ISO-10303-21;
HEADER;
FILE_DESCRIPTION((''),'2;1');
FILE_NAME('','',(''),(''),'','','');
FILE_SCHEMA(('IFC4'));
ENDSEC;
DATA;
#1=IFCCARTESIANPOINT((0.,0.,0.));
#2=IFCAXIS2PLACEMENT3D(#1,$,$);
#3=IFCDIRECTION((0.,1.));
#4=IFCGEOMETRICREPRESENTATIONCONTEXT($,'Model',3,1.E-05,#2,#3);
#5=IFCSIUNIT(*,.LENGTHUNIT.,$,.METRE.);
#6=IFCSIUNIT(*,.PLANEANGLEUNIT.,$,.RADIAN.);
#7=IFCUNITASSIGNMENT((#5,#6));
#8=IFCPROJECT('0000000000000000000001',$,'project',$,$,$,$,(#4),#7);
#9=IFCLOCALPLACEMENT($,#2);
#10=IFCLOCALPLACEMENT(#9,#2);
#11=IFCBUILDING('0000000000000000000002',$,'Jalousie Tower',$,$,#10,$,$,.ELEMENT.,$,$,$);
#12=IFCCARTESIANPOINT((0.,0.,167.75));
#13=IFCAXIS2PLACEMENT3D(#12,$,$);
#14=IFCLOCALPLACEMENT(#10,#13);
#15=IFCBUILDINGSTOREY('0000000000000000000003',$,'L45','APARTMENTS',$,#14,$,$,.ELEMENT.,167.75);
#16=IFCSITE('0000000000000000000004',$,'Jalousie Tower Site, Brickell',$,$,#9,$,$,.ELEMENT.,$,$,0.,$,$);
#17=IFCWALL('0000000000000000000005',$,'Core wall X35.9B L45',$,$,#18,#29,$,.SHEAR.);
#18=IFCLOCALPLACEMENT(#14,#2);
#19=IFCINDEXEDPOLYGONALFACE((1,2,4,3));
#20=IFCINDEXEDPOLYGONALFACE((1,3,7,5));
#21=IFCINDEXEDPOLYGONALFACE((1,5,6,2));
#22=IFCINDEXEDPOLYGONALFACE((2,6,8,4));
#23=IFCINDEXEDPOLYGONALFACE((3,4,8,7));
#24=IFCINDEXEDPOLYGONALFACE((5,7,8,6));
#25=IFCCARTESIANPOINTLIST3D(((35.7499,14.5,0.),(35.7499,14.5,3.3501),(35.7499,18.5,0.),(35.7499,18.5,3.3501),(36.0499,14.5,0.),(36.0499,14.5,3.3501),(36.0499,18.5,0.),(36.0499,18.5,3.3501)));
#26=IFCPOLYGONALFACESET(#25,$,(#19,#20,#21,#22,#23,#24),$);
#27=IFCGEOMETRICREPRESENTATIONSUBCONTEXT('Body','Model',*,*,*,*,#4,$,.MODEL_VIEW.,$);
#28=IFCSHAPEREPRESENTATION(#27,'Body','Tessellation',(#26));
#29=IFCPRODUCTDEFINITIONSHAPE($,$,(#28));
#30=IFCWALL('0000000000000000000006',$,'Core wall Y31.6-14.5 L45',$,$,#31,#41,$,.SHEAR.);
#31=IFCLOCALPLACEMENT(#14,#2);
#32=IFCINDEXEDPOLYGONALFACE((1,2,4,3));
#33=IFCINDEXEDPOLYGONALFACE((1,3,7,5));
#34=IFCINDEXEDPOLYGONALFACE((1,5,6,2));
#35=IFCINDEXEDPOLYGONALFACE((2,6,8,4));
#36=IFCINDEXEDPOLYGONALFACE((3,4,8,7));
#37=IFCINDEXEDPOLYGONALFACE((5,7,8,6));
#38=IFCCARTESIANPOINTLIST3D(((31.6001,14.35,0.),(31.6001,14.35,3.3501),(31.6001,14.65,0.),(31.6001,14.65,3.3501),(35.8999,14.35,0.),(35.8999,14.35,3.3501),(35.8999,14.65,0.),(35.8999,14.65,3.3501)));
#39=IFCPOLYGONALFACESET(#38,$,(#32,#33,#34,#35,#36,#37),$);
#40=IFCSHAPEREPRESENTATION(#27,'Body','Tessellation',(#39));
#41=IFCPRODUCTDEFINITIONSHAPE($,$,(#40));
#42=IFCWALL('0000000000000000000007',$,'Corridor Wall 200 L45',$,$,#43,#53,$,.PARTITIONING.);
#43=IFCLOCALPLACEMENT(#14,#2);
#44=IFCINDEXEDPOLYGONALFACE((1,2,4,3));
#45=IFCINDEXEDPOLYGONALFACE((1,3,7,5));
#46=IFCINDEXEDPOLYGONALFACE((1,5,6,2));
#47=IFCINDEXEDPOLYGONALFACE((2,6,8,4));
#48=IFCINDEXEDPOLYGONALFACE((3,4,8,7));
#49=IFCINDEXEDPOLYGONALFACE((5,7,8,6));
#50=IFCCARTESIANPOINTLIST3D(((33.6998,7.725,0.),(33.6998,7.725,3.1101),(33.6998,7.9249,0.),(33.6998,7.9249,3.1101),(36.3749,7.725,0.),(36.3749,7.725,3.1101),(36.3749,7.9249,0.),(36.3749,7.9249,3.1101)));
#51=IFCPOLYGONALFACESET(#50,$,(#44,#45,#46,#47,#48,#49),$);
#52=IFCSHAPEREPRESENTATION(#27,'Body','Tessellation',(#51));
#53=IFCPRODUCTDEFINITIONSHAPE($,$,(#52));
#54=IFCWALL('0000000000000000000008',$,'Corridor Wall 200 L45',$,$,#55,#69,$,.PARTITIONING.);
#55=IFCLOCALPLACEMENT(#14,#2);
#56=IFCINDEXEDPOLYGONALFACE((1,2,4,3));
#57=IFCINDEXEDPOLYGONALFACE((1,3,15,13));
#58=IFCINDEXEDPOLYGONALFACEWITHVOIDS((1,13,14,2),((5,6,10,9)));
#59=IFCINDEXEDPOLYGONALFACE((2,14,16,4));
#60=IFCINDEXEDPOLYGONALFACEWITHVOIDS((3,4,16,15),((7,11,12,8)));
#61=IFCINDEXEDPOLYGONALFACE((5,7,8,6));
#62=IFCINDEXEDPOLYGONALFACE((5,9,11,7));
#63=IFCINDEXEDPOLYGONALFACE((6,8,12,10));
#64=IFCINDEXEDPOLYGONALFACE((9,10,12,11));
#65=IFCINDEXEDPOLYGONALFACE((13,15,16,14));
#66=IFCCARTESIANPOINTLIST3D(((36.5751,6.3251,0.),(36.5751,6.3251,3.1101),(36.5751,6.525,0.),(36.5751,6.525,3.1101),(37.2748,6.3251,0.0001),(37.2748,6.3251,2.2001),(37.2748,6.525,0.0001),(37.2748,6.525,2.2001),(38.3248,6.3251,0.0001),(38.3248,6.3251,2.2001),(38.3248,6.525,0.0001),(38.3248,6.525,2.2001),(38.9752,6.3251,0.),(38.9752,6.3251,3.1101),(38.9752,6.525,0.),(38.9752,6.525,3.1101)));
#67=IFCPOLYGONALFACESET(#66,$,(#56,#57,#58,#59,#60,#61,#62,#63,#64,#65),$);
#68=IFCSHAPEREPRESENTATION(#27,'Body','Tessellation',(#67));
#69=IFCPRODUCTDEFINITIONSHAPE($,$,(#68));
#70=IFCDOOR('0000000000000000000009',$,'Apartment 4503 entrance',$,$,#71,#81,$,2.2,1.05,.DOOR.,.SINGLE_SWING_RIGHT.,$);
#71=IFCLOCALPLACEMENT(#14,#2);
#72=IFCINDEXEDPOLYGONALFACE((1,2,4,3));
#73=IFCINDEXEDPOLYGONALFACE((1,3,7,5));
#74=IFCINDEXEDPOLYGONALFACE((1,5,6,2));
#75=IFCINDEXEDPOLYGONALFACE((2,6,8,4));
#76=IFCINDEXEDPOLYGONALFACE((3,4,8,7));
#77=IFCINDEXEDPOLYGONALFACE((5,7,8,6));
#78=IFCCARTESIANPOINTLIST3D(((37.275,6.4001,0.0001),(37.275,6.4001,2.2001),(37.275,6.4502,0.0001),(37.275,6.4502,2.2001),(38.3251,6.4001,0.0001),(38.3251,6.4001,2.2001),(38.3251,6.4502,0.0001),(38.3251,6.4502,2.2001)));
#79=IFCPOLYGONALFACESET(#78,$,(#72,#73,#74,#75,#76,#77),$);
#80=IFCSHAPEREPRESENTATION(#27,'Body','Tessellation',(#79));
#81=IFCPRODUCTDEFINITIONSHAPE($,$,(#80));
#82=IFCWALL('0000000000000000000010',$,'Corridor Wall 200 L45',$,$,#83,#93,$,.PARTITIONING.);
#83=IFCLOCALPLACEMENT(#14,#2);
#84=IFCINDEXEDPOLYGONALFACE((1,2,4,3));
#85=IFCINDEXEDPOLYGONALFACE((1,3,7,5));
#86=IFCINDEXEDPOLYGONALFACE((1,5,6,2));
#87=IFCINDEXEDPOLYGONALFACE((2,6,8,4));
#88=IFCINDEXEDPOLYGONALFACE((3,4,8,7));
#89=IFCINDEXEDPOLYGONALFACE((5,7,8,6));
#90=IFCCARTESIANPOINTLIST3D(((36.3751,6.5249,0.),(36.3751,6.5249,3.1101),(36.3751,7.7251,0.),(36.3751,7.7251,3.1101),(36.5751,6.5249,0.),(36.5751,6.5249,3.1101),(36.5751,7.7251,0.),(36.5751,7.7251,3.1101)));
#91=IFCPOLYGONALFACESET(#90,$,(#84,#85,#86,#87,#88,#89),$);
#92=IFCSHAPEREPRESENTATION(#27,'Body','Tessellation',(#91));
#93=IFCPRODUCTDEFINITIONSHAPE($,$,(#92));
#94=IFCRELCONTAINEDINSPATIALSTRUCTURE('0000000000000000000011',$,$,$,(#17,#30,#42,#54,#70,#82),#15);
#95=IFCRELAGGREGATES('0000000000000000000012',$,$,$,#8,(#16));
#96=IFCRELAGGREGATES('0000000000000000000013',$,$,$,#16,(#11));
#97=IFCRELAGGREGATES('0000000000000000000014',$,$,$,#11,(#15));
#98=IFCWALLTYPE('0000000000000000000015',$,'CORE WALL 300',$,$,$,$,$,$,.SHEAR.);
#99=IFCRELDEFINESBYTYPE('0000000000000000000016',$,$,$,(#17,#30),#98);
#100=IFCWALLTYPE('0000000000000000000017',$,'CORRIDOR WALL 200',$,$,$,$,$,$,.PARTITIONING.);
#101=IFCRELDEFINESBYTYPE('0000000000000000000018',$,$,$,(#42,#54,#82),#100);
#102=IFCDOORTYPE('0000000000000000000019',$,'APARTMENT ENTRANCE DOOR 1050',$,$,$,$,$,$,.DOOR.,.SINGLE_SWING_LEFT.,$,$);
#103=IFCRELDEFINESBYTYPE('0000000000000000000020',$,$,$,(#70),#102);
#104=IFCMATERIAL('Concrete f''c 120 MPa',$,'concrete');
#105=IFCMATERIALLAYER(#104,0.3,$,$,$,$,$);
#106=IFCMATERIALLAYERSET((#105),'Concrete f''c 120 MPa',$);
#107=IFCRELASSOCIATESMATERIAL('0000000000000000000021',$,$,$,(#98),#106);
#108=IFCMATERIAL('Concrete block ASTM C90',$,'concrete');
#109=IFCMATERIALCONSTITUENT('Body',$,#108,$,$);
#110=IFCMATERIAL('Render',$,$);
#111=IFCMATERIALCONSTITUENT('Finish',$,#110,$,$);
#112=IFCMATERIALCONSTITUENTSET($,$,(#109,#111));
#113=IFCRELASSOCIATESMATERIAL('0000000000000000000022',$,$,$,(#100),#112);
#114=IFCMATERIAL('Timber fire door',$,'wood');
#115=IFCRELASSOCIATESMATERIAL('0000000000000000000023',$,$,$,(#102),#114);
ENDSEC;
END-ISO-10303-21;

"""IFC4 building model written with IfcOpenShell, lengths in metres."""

from ifc_helpers import new_model, si_unit, direction, frame, frame_2d, origin, place, context, subcontext, project, spatial, rectangle, extrude, material, layer, layer_set, constituent, constituent_set, type_object, element, fill, save


model = new_model("IFC4")

# Units and contexts
model_context = context("Model", 3, precision=1e-05, world=origin(), true_north=direction((0.0, 1.0)))
body_context = subcontext(model_context, "Body", "Model", "MODEL_VIEW")
ifc_project = project(units=[si_unit("LENGTHUNIT", "METRE"), si_unit("PLANEANGLEUNIT", "RADIAN")], contexts=[model_context])

# Site, building, storey
site_placement = place(None, origin())
site = spatial("IfcSite", under=ifc_project, at=site_placement, Name="Jalousie Tower Site, Brickell", CompositionType="ELEMENT", RefElevation=0.0)
building_placement = place(site_placement, origin())
building = spatial("IfcBuilding", under=site, at=building_placement, Name="Jalousie Tower", CompositionType="ELEMENT")
storey_placement = place(building_placement, frame((0.0, 0.0, 167.75)))
storey = spatial("IfcBuildingStorey", under=building, at=storey_placement, Name="L45", Description="APARTMENTS", CompositionType="ELEMENT", Elevation=167.75)

# Shared definitions
ifc_material_1 = material(Name="Concrete f'c 120 MPa", Category="concrete")
ifc_layer_1 = layer(ifc_material_1, 0.3)
ifc_layer_set_1 = layer_set([ifc_layer_1], Name="Concrete f'c 120 MPa")
wall_type_1 = type_object("IfcWallType", Name="CORE WALL 300", PredefinedType="SHEAR", material=ifc_layer_set_1)

# Walls
wall_1_placement = place(storey_placement, frame((35.8999, 14.5, 0.0), z_axis=(0.0, 0.0, 1.0), x_axis=(0.0, 1.0, 0.0)))
element("IfcWall", 1, at=wall_1_placement, inside=storey, type_object=wall_type_1, Name="Core wall X35.9B L45", PredefinedType="SHEAR", context=body_context, shape_type="SweptSolid", body=[
    extrude(rectangle(XDim=4.0, YDim=0.3, at=frame_2d((2.0, 0.0))), origin(), (0.0, 0.0, 1.0), 3.3501),
])
wall_2_placement = place(storey_placement, frame((31.6001, 14.5, 0.0), z_axis=(0.0, 0.0, 1.0), x_axis=(1.0, 0.0, 0.0)))
element("IfcWall", 2, at=wall_2_placement, inside=storey, type_object=wall_type_1, Name="Core wall Y31.6-14.5 L45", PredefinedType="SHEAR", context=body_context, shape_type="SweptSolid", body=[
    extrude(rectangle(XDim=4.2998, YDim=0.3, at=frame_2d((2.1499, 0.0))), origin(), (0.0, 0.0, 1.0), 3.3501),
])
ifc_material_2 = material(Name="Concrete block ASTM C90", Category="concrete")
ifc_constituent_1 = constituent(ifc_material_2, Name="Body")
ifc_material_3 = material(Name="Render")
ifc_constituent_2 = constituent(ifc_material_3, Name="Finish")
ifc_constituent_set_1 = constituent_set(constituents=[ifc_constituent_1, ifc_constituent_2])
wall_type_2 = type_object("IfcWallType", Name="CORRIDOR WALL 200", PredefinedType="PARTITIONING", material=ifc_constituent_set_1)
wall_3_placement = place(storey_placement, frame((33.7, 7.825, 0.0), z_axis=(0.0, 0.0, 1.0), x_axis=(1.0, 0.0, 0.0)))
element("IfcWall", 3, at=wall_3_placement, inside=storey, type_object=wall_type_2, Name="Corridor Wall 200 L45", PredefinedType="PARTITIONING", context=body_context, shape_type="SweptSolid", body=[
    extrude(rectangle(XDim=2.675, YDim=0.2, at=frame_2d((1.3374, 0.0))), origin(), (0.0, 0.0, 1.0), 3.1101),
])

# Wall, opening, door
wall_4_placement = place(storey_placement, frame((36.575, 6.425, 0.0), z_axis=(0.0, 0.0, 1.0), x_axis=(1.0, 0.0, 0.0)))
wall_4 = element("IfcWall", 4, at=wall_4_placement, inside=storey, type_object=wall_type_2, Name="Corridor Wall 200 L45", PredefinedType="PARTITIONING", context=body_context, shape_type="SweptSolid", body=[
    extrude(rectangle(XDim=2.4001, YDim=0.2, at=frame_2d((1.2002, 0.0))), origin(), (0.0, 0.0, 1.0), 3.1101),
])
opening_1_placement = place(wall_4_placement, frame((0.7, 0.0, 0.0)))
opening_1 = element("IfcOpeningElement", 5, at=opening_1_placement, cuts=wall_4, PredefinedType="OPENING", context=body_context, shape_type="SweptSolid", body=[
    extrude(rectangle(XDim=1.05, YDim=2.2, at=frame_2d((0.5249, 1.1001))), frame((0.0, 0.1099, 0.0), z_axis=(0.0, -1.0, 0.0), x_axis=(1.0, 0.0, 0.0)), (0.0, 0.0, 1.0), 0.22),
])
ifc_material_4 = material(Name="Timber fire door", Category="wood")
door_type_1 = type_object("IfcDoorType", Name="APARTMENT ENTRANCE DOOR 1050", OperationType="SINGLE_SWING_LEFT", PredefinedType="DOOR", material=ifc_material_4)
door_1_placement = place(opening_1_placement, frame((1.05, 0.0, 0.0), z_axis=(0.0, 0.0, 1.0), x_axis=(-1.0, 0.0, 0.0)))
door_1 = element("IfcDoor", 6, at=door_1_placement, inside=storey, type_object=door_type_1, Name="Apartment 4503 entrance", OperationType="SINGLE_SWING_RIGHT", OverallHeight=2.2, OverallWidth=1.05, PredefinedType="DOOR", context=body_context, shape_type="SweptSolid", body=[
    extrude(rectangle(XDim=1.05, YDim=2.2, at=frame_2d((0.5249, 1.1001))), frame((0.0, 0.0249, 0.0), z_axis=(0.0, -1.0, 0.0), x_axis=(1.0, 0.0, 0.0)), (0.0, 0.0, 1.0), 0.05),
])
fill(opening_1, door_1)

# Wall
wall_5_placement = place(storey_placement, frame((36.4751, 7.7251, 0.0), z_axis=(0.0, 0.0, 1.0), x_axis=(0.0, -1.0, 0.0)))
element("IfcWall", 7, at=wall_5_placement, inside=storey, type_object=wall_type_2, Name="Corridor Wall 200 L45", PredefinedType="PARTITIONING", context=body_context, shape_type="SweptSolid", body=[
    extrude(rectangle(XDim=1.2002, YDim=0.2, at=frame_2d((0.6001, 0.0))), origin(), (0.0, 0.0, 1.0), 3.1101),
])

save(model, "model.ifc")
